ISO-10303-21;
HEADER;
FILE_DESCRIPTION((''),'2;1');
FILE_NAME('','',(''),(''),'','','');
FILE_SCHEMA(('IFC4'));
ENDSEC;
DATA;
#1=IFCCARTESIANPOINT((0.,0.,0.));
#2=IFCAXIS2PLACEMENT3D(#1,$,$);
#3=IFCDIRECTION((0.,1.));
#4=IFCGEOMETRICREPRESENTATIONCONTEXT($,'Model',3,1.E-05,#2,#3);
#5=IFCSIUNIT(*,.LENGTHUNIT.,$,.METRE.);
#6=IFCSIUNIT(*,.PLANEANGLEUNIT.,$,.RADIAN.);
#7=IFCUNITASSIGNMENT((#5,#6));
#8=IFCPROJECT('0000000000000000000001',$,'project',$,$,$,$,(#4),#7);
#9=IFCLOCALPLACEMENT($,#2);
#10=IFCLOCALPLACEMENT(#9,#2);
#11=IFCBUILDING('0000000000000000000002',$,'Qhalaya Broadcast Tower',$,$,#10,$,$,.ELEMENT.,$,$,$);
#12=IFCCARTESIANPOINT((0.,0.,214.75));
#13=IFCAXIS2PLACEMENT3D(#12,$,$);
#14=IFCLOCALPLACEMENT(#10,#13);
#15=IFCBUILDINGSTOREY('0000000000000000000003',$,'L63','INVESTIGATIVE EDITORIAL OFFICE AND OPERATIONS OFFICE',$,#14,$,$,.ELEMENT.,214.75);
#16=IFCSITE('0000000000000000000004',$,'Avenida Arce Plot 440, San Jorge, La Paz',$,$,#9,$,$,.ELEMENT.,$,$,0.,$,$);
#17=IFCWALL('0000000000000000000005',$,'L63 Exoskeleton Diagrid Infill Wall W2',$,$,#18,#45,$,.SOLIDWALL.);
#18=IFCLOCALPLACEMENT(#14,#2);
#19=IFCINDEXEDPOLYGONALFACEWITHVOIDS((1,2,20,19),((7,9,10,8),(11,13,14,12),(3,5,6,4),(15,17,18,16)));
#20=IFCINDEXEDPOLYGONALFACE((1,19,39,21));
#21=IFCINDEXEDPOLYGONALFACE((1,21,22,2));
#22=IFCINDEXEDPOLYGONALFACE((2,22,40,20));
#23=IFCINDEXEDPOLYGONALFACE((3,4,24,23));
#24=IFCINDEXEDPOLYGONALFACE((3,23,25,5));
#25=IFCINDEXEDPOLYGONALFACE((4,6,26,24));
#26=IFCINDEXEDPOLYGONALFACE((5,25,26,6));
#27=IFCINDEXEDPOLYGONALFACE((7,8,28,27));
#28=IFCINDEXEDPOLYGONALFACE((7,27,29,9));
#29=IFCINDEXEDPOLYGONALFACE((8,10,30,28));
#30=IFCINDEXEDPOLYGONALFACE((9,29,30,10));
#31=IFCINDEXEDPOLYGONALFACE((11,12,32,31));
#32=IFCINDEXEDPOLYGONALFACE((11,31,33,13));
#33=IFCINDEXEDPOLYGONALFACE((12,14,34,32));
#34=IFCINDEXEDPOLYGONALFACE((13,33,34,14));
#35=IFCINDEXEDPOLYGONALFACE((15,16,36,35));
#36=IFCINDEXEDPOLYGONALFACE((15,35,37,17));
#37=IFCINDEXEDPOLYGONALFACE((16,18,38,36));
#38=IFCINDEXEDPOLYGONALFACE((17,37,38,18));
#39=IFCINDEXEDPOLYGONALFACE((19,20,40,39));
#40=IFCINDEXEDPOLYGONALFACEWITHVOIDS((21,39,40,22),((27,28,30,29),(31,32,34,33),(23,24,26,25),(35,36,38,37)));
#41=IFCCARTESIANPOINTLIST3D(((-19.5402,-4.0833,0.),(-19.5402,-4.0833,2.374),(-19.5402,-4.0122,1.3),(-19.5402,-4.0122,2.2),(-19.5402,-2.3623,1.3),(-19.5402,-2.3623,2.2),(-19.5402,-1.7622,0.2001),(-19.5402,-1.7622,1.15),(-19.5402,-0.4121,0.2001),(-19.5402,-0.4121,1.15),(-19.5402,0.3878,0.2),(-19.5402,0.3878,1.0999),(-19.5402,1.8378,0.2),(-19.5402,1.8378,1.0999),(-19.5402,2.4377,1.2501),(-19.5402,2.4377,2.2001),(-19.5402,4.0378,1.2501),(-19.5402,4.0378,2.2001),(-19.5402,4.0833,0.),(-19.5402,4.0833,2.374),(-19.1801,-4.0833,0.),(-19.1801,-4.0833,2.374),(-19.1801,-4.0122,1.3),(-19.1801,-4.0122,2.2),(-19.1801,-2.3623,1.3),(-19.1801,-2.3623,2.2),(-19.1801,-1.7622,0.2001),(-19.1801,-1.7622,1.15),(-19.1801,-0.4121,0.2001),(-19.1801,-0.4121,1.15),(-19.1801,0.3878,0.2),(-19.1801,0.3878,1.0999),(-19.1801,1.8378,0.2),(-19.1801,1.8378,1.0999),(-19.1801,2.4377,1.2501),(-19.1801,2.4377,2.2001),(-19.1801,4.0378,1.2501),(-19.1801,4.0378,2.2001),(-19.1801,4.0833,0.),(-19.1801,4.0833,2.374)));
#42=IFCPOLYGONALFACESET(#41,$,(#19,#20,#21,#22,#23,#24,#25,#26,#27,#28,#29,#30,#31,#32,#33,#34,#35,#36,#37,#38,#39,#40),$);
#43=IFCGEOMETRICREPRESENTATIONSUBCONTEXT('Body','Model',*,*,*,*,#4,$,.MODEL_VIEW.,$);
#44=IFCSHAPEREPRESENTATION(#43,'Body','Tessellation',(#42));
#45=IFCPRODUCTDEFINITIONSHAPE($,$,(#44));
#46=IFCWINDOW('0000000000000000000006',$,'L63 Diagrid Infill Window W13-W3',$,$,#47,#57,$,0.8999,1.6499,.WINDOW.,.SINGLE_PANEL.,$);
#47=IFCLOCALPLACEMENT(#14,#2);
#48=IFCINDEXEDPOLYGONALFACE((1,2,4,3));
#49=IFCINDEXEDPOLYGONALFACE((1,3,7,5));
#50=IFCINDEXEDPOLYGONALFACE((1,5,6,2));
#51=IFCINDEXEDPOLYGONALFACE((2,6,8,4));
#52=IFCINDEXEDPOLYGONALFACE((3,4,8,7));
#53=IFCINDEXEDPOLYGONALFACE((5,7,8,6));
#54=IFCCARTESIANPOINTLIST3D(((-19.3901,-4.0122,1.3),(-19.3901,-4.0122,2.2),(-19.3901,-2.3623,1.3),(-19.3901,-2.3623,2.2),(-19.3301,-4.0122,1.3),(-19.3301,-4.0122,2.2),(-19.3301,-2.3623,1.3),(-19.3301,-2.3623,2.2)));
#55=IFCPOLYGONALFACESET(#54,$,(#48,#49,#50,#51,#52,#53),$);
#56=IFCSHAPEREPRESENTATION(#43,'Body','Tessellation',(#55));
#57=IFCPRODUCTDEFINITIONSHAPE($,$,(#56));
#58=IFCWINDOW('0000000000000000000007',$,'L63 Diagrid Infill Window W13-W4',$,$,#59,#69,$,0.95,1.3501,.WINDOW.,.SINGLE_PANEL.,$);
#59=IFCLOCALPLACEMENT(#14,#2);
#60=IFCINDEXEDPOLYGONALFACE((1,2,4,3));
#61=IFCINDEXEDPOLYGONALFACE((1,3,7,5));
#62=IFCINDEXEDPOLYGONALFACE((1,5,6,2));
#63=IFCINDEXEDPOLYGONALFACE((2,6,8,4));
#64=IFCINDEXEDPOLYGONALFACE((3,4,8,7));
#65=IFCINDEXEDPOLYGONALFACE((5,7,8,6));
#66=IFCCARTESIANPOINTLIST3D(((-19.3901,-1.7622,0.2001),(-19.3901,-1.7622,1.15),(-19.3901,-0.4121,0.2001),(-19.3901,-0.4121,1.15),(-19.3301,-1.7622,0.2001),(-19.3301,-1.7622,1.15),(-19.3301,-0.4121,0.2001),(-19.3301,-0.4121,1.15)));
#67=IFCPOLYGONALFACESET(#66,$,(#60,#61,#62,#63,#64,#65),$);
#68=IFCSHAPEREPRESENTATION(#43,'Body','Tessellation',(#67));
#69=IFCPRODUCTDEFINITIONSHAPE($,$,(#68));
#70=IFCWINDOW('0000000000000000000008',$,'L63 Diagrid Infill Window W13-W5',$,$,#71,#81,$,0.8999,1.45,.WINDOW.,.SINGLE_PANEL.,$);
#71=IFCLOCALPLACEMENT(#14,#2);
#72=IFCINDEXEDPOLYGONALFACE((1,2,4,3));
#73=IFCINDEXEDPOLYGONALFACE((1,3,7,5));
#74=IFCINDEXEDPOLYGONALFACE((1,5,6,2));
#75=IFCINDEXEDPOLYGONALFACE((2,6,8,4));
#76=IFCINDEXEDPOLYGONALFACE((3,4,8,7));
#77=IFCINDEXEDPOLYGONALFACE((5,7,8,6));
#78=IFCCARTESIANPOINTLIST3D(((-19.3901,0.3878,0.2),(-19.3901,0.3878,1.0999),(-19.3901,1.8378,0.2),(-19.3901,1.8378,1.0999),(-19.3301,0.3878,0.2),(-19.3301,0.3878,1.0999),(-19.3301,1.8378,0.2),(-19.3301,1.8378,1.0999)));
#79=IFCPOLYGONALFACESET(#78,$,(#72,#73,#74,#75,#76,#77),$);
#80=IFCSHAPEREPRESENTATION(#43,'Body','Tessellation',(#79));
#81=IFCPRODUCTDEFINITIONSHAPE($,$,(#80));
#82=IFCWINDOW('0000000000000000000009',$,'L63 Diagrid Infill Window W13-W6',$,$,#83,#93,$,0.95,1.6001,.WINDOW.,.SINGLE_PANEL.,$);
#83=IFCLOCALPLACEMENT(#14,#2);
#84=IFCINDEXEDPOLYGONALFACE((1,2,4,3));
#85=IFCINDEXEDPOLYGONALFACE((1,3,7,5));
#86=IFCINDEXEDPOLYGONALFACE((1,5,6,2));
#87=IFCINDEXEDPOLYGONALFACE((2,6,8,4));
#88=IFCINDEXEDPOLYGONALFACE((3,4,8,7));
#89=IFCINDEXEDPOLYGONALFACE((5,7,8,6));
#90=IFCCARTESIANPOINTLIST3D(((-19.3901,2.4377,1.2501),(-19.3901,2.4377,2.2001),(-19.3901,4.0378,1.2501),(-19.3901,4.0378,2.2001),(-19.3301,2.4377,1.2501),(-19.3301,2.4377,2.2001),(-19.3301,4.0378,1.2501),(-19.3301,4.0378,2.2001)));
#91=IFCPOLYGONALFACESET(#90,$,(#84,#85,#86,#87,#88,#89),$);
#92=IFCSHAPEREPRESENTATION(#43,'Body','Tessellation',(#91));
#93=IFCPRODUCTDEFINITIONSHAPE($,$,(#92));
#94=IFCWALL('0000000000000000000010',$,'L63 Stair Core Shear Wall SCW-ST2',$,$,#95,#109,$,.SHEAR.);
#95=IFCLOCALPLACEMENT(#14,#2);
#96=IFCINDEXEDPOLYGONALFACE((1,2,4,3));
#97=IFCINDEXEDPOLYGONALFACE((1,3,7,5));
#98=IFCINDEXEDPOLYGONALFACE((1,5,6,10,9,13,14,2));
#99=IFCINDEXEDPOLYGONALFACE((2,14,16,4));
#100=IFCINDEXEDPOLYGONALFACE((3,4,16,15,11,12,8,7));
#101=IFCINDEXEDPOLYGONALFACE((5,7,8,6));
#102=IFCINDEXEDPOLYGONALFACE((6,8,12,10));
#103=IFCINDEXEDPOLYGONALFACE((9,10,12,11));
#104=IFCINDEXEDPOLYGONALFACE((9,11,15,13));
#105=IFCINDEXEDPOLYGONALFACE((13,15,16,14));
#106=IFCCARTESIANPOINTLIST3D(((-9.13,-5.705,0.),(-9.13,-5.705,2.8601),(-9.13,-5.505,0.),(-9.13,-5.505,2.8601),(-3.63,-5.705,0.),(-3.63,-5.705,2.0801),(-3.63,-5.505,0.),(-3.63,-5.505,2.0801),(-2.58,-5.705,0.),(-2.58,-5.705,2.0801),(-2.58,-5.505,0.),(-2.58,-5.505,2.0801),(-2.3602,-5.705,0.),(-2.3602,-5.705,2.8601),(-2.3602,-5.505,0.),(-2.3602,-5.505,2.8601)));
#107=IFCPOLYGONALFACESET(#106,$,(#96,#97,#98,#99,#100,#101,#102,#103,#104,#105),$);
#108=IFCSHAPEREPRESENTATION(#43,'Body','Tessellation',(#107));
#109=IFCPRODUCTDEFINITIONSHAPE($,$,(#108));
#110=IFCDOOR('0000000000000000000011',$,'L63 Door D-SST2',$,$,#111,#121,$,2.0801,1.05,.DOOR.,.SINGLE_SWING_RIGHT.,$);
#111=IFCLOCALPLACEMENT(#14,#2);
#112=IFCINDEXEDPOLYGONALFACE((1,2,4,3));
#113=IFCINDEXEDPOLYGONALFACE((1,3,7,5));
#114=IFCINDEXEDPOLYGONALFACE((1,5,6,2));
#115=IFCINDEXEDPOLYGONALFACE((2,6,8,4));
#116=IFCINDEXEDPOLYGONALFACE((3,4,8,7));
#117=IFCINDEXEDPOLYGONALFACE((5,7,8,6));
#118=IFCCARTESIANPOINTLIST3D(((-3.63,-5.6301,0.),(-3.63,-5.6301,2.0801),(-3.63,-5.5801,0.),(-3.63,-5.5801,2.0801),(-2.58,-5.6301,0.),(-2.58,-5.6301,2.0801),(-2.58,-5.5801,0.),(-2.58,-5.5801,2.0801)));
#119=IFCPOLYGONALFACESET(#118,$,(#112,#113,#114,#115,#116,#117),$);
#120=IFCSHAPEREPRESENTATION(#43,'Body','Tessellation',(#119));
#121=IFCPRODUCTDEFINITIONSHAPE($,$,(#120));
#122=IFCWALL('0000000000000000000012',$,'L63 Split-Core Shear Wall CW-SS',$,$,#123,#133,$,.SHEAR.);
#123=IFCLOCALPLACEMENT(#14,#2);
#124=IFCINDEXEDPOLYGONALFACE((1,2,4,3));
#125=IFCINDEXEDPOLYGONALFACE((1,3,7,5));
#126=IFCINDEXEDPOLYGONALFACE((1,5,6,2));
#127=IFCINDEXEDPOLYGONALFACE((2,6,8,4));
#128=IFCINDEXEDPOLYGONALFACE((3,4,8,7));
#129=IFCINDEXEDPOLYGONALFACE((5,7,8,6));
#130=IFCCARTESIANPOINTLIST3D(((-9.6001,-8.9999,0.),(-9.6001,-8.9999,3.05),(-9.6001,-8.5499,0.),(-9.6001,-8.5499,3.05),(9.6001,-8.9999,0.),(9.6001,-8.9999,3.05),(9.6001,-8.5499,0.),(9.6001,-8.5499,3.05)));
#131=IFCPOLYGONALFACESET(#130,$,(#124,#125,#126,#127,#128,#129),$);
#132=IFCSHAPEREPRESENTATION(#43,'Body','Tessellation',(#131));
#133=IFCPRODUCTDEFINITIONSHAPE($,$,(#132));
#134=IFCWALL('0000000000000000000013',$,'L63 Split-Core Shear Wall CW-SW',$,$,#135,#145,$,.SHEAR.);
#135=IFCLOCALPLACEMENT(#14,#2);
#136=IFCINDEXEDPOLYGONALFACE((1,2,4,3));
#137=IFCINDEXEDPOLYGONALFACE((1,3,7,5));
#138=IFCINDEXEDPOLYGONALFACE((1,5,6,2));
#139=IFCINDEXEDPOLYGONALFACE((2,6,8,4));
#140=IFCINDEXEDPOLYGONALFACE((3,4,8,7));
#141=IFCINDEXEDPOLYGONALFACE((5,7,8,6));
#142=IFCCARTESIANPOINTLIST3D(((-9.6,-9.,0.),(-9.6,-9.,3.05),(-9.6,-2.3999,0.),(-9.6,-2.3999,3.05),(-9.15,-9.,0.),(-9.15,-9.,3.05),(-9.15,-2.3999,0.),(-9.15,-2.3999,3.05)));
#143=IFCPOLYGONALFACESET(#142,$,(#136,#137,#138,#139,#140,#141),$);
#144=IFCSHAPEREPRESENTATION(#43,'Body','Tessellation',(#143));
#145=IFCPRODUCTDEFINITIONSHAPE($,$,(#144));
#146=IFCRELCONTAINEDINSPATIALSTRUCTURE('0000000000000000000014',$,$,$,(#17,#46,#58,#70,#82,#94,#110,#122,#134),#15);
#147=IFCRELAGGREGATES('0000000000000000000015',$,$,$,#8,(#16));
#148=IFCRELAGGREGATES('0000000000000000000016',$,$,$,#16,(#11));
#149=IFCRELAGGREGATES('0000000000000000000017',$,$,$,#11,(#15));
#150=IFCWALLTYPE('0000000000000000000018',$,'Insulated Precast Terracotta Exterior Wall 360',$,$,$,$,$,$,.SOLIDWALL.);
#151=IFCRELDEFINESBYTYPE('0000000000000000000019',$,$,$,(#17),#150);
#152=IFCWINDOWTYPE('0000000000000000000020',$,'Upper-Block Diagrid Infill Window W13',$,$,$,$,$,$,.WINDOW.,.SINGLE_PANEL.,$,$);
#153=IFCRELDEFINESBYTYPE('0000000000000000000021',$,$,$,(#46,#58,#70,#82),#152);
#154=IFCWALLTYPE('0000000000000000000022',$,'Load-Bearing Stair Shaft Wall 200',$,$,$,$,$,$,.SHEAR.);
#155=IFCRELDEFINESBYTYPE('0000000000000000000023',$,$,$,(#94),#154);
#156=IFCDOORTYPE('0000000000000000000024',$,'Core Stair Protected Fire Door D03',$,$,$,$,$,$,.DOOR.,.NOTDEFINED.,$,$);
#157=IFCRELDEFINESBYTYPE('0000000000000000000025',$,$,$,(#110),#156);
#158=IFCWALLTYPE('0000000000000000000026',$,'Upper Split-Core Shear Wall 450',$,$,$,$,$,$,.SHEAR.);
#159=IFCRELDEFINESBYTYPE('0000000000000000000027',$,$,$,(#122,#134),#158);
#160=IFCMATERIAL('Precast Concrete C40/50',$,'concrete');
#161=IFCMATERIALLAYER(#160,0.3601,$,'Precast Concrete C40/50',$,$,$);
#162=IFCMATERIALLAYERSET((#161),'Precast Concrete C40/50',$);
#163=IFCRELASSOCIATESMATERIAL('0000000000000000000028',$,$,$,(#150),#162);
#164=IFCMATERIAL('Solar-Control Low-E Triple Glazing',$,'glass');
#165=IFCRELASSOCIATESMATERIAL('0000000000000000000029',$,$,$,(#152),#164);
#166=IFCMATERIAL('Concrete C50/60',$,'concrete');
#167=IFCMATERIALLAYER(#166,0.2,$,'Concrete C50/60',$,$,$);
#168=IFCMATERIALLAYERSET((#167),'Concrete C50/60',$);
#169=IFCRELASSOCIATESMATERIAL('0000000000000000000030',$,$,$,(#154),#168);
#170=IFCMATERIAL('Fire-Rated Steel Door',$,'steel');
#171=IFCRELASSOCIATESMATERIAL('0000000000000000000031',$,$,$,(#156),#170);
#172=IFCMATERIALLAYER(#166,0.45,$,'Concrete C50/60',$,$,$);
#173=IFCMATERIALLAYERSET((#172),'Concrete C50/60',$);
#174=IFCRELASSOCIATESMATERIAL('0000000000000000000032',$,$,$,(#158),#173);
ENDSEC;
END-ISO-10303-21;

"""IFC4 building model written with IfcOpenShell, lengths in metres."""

from ifc_helpers import new_model, si_unit, direction, frame, frame_2d, origin, place, context, subcontext, project, spatial, rectangle, extrude, material, layer, layer_set, type_object, element, fill, save


model = new_model("IFC4")

# Units and contexts
model_context = context("Model", 3, precision=1e-05, world=origin(), true_north=direction((0.0, 1.0)))
body_context = subcontext(model_context, "Body", "Model", "MODEL_VIEW")
ifc_project = project(units=[si_unit("LENGTHUNIT", "METRE"), si_unit("PLANEANGLEUNIT", "RADIAN")], contexts=[model_context])

# Site, building, storey
site_placement = place(None, origin())
site = spatial("IfcSite", under=ifc_project, at=site_placement, Name="Avenida Arce Plot 440, San Jorge, La Paz", CompositionType="ELEMENT", RefElevation=0.0)
building_placement = place(site_placement, origin())
building = spatial("IfcBuilding", under=site, at=building_placement, Name="Qhalaya Broadcast Tower", CompositionType="ELEMENT")
storey_placement = place(building_placement, frame((0.0, 0.0, 214.75)))
storey = spatial("IfcBuildingStorey", under=building, at=storey_placement, Name="L63", Description="INVESTIGATIVE EDITORIAL OFFICE AND OPERATIONS OFFICE", CompositionType="ELEMENT", Elevation=214.75)

# Wall, openings, windows
ifc_material_1 = material(Name="Precast Concrete C40/50", Category="concrete")
ifc_layer_1 = layer(ifc_material_1, 0.3601, Name="Precast Concrete C40/50")
ifc_layer_set_1 = layer_set([ifc_layer_1], Name="Precast Concrete C40/50")
wall_type_1 = type_object("IfcWallType", Name="Insulated Precast Terracotta Exterior Wall 360", PredefinedType="SOLIDWALL", material=ifc_layer_set_1)
wall_1_placement = place(storey_placement, frame((-19.3601, -4.0833, 0.0), z_axis=(0.0, 0.0, 1.0), x_axis=(0.0, 1.0, 0.0)))
wall_1 = element("IfcWall", 1, at=wall_1_placement, inside=storey, type_object=wall_type_1, Name="L63 Exoskeleton Diagrid Infill Wall W2", PredefinedType="SOLIDWALL", context=body_context, shape_type="SweptSolid", body=[
    extrude(rectangle(XDim=8.1665, YDim=0.3601, at=frame_2d((4.0833, 0.0))), origin(), (0.0, 0.0, 1.0), 2.374),
])
opening_1_placement = place(wall_1_placement, frame((0.071, 0.0, 1.3)))
opening_1 = element("IfcOpeningElement", 2, at=opening_1_placement, cuts=wall_1, PredefinedType="OPENING", context=body_context, shape_type="SweptSolid", body=[
    extrude(rectangle(XDim=1.6499, YDim=0.8999, at=frame_2d((0.825, 0.45))), frame((0.0, 0.1921, 0.0), z_axis=(0.0, -1.0, 0.0), x_axis=(1.0, 0.0, 0.0)), (0.0, 0.0, 1.0), 0.384),
])
opening_2_placement = place(wall_1_placement, frame((2.321, 0.0, 0.2)))
opening_2 = element("IfcOpeningElement", 3, at=opening_2_placement, cuts=wall_1, PredefinedType="OPENING", context=body_context, shape_type="SweptSolid", body=[
    extrude(rectangle(XDim=1.3501, YDim=0.95, at=frame_2d((0.675, 0.4751))), frame((0.0, 0.1921, 0.0), z_axis=(0.0, -1.0, 0.0), x_axis=(1.0, 0.0, 0.0)), (0.0, 0.0, 1.0), 0.384),
])
opening_3_placement = place(wall_1_placement, frame((4.4709, 0.0, 0.2)))
opening_3 = element("IfcOpeningElement", 4, at=opening_3_placement, cuts=wall_1, PredefinedType="OPENING", context=body_context, shape_type="SweptSolid", body=[
    extrude(rectangle(XDim=1.45, YDim=0.8999, at=frame_2d((0.7251, 0.45))), frame((0.0, 0.1921, 0.0), z_axis=(0.0, -1.0, 0.0), x_axis=(1.0, 0.0, 0.0)), (0.0, 0.0, 1.0), 0.384),
])
opening_4_placement = place(wall_1_placement, frame((6.521, 0.0, 1.25)))
opening_4 = element("IfcOpeningElement", 5, at=opening_4_placement, cuts=wall_1, PredefinedType="OPENING", context=body_context, shape_type="SweptSolid", body=[
    extrude(rectangle(XDim=1.6001, YDim=0.95, at=frame_2d((0.8, 0.4751))), frame((0.0, 0.1921, 0.0), z_axis=(0.0, -1.0, 0.0), x_axis=(1.0, 0.0, 0.0)), (0.0, 0.0, 1.0), 0.384),
])
ifc_material_2 = material(Name="Solar-Control Low-E Triple Glazing", Category="glass")
window_type = type_object("IfcWindowType", Name="Upper-Block Diagrid Infill Window W13", PartitioningType="SINGLE_PANEL", PredefinedType="WINDOW", material=ifc_material_2)
window_1_placement = place(opening_1_placement, origin())
window_1 = element("IfcWindow", 6, at=window_1_placement, inside=storey, type_object=window_type, Name="L63 Diagrid Infill Window W13-W3", OverallHeight=0.8999, OverallWidth=1.6499, PartitioningType="SINGLE_PANEL", PredefinedType="WINDOW", context=body_context, shape_type="SweptSolid", body=[
    extrude(rectangle(XDim=1.6499, YDim=0.8999, at=frame_2d((0.825, 0.45))), frame((0.0, 0.03, 0.0), z_axis=(0.0, -1.0, 0.0), x_axis=(1.0, 0.0, 0.0)), (0.0, 0.0, 1.0), 0.0601),
])
fill(opening_1, window_1)
window_2_placement = place(opening_2_placement, origin())
window_2 = element("IfcWindow", 7, at=window_2_placement, inside=storey, type_object=window_type, Name="L63 Diagrid Infill Window W13-W4", OverallHeight=0.95, OverallWidth=1.3501, PartitioningType="SINGLE_PANEL", PredefinedType="WINDOW", context=body_context, shape_type="SweptSolid", body=[
    extrude(rectangle(XDim=1.3501, YDim=0.95, at=frame_2d((0.675, 0.4751))), frame((0.0, 0.03, 0.0), z_axis=(0.0, -1.0, 0.0), x_axis=(1.0, 0.0, 0.0)), (0.0, 0.0, 1.0), 0.0601),
])
fill(opening_2, window_2)
window_3_placement = place(opening_3_placement, origin())
window_3 = element("IfcWindow", 8, at=window_3_placement, inside=storey, type_object=window_type, Name="L63 Diagrid Infill Window W13-W5", OverallHeight=0.8999, OverallWidth=1.45, PartitioningType="SINGLE_PANEL", PredefinedType="WINDOW", context=body_context, shape_type="SweptSolid", body=[
    extrude(rectangle(XDim=1.45, YDim=0.8999, at=frame_2d((0.7251, 0.45))), frame((0.0, 0.03, 0.0), z_axis=(0.0, -1.0, 0.0), x_axis=(1.0, 0.0, 0.0)), (0.0, 0.0, 1.0), 0.0601),
])
fill(opening_3, window_3)
window_4_placement = place(opening_4_placement, origin())
window_4 = element("IfcWindow", 9, at=window_4_placement, inside=storey, type_object=window_type, Name="L63 Diagrid Infill Window W13-W6", OverallHeight=0.95, OverallWidth=1.6001, PartitioningType="SINGLE_PANEL", PredefinedType="WINDOW", context=body_context, shape_type="SweptSolid", body=[
    extrude(rectangle(XDim=1.6001, YDim=0.95, at=frame_2d((0.8, 0.4751))), frame((0.0, 0.03, 0.0), z_axis=(0.0, -1.0, 0.0), x_axis=(1.0, 0.0, 0.0)), (0.0, 0.0, 1.0), 0.0601),
])
fill(opening_4, window_4)

# Wall, opening, door
ifc_material_3 = material(Name="Concrete C50/60", Category="concrete")
ifc_layer_2 = layer(ifc_material_3, 0.2, Name="Concrete C50/60")
ifc_layer_set_2 = layer_set([ifc_layer_2], Name="Concrete C50/60")
wall_type_2 = type_object("IfcWallType", Name="Load-Bearing Stair Shaft Wall 200", PredefinedType="SHEAR", material=ifc_layer_set_2)
wall_2_placement = place(storey_placement, frame((-9.1299, -5.605, 0.0), z_axis=(0.0, 0.0, 1.0), x_axis=(1.0, 0.0, 0.0)))
wall_2 = element("IfcWall", 10, at=wall_2_placement, inside=storey, type_object=wall_type_2, Name="L63 Stair Core Shear Wall SCW-ST2", PredefinedType="SHEAR", context=body_context, shape_type="SweptSolid", body=[
    extrude(rectangle(XDim=6.7698, YDim=0.2, at=frame_2d((3.3848, 0.0))), origin(), (0.0, 0.0, 1.0), 2.8601),
])
opening_5_placement = place(wall_2_placement, frame((5.5, 0.0, 0.0)))
opening_5 = element("IfcOpeningElement", 11, at=opening_5_placement, cuts=wall_2, PredefinedType="OPENING", context=body_context, shape_type="SweptSolid", body=[
    extrude(rectangle(XDim=1.05, YDim=2.0801, at=frame_2d((0.5249, 1.04))), frame((0.0, 0.1121, 0.0), z_axis=(0.0, -1.0, 0.0), x_axis=(1.0, 0.0, 0.0)), (0.0, 0.0, 1.0), 0.2239),
])
ifc_material_4 = material(Name="Fire-Rated Steel Door", Category="steel")
door_type_1 = type_object("IfcDoorType", Name="Core Stair Protected Fire Door D03", OperationType="NOTDEFINED", PredefinedType="DOOR", material=ifc_material_4)
door_1_placement = place(opening_5_placement, origin())
door_1 = element("IfcDoor", 12, at=door_1_placement, inside=storey, type_object=door_type_1, Name="L63 Door D-SST2", OperationType="SINGLE_SWING_RIGHT", OverallHeight=2.0801, OverallWidth=1.05, PredefinedType="DOOR", context=body_context, shape_type="SweptSolid", body=[
    extrude(rectangle(XDim=1.05, YDim=2.0801, at=frame_2d((0.5249, 1.04))), frame((0.0, 0.0249, 0.0), z_axis=(0.0, -1.0, 0.0), x_axis=(1.0, 0.0, 0.0)), (0.0, 0.0, 1.0), 0.05),
])
fill(opening_5, door_1)

# Wall
ifc_layer_3 = layer(ifc_material_3, 0.45, Name="Concrete C50/60")
ifc_layer_set_3 = layer_set([ifc_layer_3], Name="Concrete C50/60")
wall_type_3 = type_object("IfcWallType", Name="Upper Split-Core Shear Wall 450", PredefinedType="SHEAR", material=ifc_layer_set_3)
wall_3_placement = place(storey_placement, frame((-9.6001, -8.7749, 0.0), z_axis=(0.0, 0.0, 1.0), x_axis=(1.0, 0.0, 0.0)))
element("IfcWall", 13, at=wall_3_placement, inside=storey, type_object=wall_type_3, Name="L63 Split-Core Shear Wall CW-SS", PredefinedType="SHEAR", context=body_context, shape_type="SweptSolid", body=[
    extrude(rectangle(XDim=19.2002, YDim=0.45, at=frame_2d((9.6001, 0.0))), origin(), (0.0, 0.0, 1.0), 3.05),
])

# Wall
wall_4_placement = place(storey_placement, frame((-9.375, -9.0, 0.0), z_axis=(0.0, 0.0, 1.0), x_axis=(0.0, 1.0, 0.0)))
element("IfcWall", 14, at=wall_4_placement, inside=storey, type_object=wall_type_3, Name="L63 Split-Core Shear Wall CW-SW", PredefinedType="SHEAR", context=body_context, shape_type="SweptSolid", body=[
    extrude(rectangle(XDim=6.6001, YDim=0.45, at=frame_2d((3.3, 0.0))), origin(), (0.0, 0.0, 1.0), 3.05),
])

save(model, "model.ifc")
